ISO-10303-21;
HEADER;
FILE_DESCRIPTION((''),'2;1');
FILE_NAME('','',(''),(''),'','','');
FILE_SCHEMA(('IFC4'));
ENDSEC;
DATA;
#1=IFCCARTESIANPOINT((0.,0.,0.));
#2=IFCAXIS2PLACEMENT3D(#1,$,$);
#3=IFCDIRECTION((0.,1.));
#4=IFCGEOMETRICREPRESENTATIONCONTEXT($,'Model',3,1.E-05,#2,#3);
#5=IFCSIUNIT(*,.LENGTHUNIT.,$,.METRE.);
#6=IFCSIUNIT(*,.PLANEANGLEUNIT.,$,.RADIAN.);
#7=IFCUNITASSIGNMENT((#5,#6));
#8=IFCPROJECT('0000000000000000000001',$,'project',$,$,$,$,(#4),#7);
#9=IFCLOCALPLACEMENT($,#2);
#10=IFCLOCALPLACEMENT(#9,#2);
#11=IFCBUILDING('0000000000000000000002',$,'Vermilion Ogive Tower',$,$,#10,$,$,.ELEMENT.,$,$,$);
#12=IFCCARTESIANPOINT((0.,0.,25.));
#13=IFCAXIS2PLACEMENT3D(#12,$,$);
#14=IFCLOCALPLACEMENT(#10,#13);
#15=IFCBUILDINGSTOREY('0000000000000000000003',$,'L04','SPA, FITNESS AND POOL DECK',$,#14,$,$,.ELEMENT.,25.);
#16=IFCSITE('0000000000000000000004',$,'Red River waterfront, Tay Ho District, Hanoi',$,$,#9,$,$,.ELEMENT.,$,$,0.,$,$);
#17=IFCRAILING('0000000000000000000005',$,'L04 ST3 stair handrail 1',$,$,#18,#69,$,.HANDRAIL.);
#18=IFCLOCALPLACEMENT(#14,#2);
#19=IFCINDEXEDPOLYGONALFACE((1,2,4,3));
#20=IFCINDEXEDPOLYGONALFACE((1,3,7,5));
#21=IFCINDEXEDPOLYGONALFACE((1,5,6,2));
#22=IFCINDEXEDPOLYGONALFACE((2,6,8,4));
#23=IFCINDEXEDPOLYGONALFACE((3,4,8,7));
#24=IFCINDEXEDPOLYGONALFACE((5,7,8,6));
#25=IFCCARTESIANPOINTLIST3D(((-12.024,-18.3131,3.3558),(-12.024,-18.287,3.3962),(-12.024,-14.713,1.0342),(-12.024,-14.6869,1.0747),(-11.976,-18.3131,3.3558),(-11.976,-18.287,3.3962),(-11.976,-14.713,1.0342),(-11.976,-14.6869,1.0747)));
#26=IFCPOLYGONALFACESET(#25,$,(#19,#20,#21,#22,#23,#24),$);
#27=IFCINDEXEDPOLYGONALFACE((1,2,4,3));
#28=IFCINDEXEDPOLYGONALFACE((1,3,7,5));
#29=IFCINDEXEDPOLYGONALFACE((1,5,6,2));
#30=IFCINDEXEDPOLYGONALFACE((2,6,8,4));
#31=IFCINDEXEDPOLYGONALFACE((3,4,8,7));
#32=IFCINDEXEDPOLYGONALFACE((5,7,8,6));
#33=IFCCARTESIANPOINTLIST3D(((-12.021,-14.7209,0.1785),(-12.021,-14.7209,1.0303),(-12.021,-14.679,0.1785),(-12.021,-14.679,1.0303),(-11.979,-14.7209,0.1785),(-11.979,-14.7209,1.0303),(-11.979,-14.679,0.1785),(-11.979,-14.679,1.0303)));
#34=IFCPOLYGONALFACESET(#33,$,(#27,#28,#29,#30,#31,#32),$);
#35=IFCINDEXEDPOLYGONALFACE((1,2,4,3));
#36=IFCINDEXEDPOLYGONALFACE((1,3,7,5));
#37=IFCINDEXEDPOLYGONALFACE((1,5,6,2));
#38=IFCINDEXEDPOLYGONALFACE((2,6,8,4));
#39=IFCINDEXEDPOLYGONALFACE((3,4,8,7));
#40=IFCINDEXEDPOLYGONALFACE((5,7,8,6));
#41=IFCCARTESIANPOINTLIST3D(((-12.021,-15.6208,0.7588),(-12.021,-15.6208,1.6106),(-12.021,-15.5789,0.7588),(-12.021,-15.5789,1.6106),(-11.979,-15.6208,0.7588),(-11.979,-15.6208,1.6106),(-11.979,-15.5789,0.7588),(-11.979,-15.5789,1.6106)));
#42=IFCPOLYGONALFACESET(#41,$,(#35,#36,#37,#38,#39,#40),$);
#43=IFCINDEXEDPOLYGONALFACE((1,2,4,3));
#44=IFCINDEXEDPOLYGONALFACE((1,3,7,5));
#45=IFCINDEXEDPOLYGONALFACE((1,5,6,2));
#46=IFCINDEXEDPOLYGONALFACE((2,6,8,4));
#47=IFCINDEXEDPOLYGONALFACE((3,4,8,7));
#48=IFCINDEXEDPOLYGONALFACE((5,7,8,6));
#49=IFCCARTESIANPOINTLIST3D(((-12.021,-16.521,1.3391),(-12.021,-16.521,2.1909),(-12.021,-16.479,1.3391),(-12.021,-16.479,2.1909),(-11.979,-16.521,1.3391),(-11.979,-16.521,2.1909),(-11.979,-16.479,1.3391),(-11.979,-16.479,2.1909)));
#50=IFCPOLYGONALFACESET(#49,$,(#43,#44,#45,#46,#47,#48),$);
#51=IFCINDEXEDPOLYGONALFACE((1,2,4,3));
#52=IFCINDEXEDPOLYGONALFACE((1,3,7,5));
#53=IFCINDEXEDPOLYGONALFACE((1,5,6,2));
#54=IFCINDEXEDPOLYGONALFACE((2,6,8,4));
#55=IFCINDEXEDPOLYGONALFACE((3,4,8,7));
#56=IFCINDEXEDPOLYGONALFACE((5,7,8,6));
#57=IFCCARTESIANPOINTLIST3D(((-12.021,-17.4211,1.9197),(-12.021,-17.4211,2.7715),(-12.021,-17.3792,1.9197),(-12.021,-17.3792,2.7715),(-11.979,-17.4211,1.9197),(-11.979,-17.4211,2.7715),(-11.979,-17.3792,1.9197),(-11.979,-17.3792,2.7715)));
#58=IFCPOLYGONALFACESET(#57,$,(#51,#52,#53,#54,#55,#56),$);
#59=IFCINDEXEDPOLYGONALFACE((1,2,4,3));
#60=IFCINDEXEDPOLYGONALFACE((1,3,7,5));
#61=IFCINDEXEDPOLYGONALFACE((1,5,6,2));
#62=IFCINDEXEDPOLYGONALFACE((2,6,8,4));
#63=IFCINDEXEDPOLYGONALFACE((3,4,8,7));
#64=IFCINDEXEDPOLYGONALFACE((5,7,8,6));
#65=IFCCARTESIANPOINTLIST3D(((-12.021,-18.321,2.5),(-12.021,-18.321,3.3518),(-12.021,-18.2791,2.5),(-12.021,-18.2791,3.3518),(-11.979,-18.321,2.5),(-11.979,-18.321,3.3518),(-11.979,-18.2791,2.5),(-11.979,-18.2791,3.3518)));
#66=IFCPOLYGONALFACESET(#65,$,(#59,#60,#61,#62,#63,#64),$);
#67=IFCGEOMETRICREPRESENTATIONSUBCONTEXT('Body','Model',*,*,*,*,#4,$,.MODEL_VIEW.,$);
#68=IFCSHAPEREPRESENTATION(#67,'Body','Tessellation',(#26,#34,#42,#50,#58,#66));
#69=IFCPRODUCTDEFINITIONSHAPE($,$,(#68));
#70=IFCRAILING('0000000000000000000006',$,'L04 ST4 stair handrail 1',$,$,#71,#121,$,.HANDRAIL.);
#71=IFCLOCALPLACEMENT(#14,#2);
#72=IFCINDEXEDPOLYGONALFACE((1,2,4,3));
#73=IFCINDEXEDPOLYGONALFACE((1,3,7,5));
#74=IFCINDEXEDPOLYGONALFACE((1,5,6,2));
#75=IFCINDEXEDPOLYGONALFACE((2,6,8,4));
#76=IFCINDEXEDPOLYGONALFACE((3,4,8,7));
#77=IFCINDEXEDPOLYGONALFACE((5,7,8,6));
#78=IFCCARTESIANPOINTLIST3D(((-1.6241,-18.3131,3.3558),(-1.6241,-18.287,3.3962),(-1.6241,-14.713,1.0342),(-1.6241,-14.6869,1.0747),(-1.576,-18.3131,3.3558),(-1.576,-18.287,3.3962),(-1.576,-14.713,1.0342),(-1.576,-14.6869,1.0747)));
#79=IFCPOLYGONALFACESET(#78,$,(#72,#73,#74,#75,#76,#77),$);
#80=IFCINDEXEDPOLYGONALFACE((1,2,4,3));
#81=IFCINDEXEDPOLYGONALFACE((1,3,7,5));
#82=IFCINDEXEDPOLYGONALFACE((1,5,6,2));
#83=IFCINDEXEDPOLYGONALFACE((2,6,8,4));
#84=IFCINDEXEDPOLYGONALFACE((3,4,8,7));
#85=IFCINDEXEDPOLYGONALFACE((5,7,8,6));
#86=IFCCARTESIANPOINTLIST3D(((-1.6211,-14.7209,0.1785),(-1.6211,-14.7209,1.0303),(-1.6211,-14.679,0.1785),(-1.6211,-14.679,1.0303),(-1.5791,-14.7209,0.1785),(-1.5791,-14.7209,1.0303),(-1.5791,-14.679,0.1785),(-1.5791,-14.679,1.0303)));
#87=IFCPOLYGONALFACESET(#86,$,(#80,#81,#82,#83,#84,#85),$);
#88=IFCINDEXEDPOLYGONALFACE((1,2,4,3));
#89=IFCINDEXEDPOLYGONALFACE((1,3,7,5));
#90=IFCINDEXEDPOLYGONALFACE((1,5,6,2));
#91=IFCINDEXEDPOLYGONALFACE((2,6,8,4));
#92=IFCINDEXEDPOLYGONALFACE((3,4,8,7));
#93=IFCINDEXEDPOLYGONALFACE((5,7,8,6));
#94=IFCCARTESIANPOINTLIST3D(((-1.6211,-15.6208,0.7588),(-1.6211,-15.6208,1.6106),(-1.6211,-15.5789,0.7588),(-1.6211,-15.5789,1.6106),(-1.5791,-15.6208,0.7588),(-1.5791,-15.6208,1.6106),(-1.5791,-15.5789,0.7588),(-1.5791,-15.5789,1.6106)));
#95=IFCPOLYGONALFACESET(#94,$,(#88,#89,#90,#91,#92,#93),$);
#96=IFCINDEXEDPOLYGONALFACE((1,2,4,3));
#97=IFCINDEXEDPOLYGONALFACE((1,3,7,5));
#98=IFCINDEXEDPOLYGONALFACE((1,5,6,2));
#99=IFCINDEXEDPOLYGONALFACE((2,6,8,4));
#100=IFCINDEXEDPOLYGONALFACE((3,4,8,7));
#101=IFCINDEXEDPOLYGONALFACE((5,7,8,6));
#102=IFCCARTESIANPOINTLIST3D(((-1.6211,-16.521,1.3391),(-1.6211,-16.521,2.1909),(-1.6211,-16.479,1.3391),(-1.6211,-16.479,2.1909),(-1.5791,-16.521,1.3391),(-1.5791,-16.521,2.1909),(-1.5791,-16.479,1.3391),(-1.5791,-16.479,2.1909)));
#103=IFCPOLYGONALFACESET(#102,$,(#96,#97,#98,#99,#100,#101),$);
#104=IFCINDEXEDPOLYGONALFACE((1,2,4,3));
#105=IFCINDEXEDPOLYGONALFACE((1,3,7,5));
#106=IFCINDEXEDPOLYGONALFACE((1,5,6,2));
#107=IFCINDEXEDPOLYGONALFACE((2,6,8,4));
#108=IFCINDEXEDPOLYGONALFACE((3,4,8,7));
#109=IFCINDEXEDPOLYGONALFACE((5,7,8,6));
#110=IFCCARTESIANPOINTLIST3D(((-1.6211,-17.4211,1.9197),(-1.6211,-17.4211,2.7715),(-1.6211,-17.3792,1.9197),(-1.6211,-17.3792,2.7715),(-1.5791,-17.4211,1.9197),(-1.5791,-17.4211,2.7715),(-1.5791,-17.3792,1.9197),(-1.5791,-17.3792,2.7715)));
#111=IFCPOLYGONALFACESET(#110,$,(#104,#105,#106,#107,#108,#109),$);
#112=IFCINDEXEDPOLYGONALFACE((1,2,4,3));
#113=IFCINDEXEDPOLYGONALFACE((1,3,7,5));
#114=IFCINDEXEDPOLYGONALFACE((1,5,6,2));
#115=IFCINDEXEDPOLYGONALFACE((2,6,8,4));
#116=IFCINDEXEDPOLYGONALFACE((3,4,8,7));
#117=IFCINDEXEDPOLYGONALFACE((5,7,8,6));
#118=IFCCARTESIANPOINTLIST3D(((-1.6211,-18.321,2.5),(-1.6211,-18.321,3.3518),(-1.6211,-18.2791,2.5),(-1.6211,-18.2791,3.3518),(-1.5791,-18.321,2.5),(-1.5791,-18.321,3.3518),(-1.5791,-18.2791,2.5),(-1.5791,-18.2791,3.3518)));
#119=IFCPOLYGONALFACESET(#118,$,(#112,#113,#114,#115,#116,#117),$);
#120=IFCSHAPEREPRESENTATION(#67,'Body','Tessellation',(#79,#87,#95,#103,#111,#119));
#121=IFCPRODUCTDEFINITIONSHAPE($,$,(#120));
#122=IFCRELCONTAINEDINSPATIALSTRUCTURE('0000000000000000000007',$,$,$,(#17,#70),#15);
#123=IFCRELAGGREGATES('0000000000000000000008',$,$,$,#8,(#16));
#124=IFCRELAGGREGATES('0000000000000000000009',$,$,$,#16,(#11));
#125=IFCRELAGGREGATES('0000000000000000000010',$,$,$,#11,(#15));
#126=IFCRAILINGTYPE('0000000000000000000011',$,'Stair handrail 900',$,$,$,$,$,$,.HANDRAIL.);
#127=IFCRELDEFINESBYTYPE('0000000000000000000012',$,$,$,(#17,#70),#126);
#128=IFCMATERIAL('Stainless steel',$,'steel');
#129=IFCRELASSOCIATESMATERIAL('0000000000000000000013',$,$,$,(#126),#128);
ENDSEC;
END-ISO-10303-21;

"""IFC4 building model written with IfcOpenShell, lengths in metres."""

from ifc_helpers import new_model, si_unit, direction, frame, origin, origin_2d, place, context, subcontext, project, spatial, rectangle, extrude, material, type_object, element, save


model = new_model("IFC4")

# Units and contexts
model_context = context("Model", 3, precision=1e-05, world=origin(), true_north=direction((0.0, 1.0)))
body_context = subcontext(model_context, "Body", "Model", "MODEL_VIEW")
ifc_project = project(units=[si_unit("LENGTHUNIT", "METRE"), si_unit("PLANEANGLEUNIT", "RADIAN")], contexts=[model_context])

# Site, building, storey
site_placement = place(None, origin())
site = spatial("IfcSite", under=ifc_project, at=site_placement, Name="Red River waterfront, Tay Ho District, Hanoi", CompositionType="ELEMENT", RefElevation=0.0)
building_placement = place(site_placement, origin())
building = spatial("IfcBuilding", under=site, at=building_placement, Name="Vermilion Ogive Tower", CompositionType="ELEMENT")
storey_placement = place(building_placement, frame((0.0, 0.0, 25.0)))
storey = spatial("IfcBuildingStorey", under=building, at=storey_placement, Name="L04", Description="SPA, FITNESS AND POOL DECK", CompositionType="ELEMENT", Elevation=25.0)

# Railings
ifc_material_1 = material(Name="Stainless steel", Category="steel")
railing_type_1 = type_object("IfcRailingType", Name="Stair handrail 900", PredefinedType="HANDRAIL", material=ifc_material_1)
for number, where, name in (
    (1, (-12.0, -14.7, 0.1785), "L04 ST3 stair handrail 1"),
    (2, (-1.6001, -14.7, 0.1785), "L04 ST4 stair handrail 1"),
):
    element("IfcRailing", number, at=place(storey_placement, frame(where)), inside=storey, type_object=railing_type_1, Name=name, PredefinedType="HANDRAIL", context=body_context, shape_type="SweptSolid", body=[
        extrude(rectangle(XDim=0.0481, YDim=0.0481, at=origin_2d()), frame((0.0, 0.0, 0.876), z_axis=(0.0, -0.840415, 0.541944), x_axis=(1.0, 0.0, 0.0)), (0.0, 0.0, 1.0), 4.2837),
        extrude(rectangle(XDim=0.042, YDim=0.042, at=origin_2d()), origin(), (0.0, 0.0, 1.0), 0.8518),
        extrude(rectangle(XDim=0.042, YDim=0.042, at=origin_2d()), frame((0.0, -0.8999, 0.5803)), (0.0, 0.0, 1.0), 0.8518),
        extrude(rectangle(XDim=0.042, YDim=0.042, at=origin_2d()), frame((0.0, -1.8, 1.1606)), (0.0, 0.0, 1.0), 0.8518),
        extrude(rectangle(XDim=0.042, YDim=0.042, at=origin_2d()), frame((0.0, -2.7002, 1.7412)), (0.0, 0.0, 1.0), 0.8518),
        extrude(rectangle(XDim=0.042, YDim=0.042, at=origin_2d()), frame((0.0, -3.6001, 2.3215)), (0.0, 0.0, 1.0), 0.8518),
    ])

save(model, "model.ifc")
